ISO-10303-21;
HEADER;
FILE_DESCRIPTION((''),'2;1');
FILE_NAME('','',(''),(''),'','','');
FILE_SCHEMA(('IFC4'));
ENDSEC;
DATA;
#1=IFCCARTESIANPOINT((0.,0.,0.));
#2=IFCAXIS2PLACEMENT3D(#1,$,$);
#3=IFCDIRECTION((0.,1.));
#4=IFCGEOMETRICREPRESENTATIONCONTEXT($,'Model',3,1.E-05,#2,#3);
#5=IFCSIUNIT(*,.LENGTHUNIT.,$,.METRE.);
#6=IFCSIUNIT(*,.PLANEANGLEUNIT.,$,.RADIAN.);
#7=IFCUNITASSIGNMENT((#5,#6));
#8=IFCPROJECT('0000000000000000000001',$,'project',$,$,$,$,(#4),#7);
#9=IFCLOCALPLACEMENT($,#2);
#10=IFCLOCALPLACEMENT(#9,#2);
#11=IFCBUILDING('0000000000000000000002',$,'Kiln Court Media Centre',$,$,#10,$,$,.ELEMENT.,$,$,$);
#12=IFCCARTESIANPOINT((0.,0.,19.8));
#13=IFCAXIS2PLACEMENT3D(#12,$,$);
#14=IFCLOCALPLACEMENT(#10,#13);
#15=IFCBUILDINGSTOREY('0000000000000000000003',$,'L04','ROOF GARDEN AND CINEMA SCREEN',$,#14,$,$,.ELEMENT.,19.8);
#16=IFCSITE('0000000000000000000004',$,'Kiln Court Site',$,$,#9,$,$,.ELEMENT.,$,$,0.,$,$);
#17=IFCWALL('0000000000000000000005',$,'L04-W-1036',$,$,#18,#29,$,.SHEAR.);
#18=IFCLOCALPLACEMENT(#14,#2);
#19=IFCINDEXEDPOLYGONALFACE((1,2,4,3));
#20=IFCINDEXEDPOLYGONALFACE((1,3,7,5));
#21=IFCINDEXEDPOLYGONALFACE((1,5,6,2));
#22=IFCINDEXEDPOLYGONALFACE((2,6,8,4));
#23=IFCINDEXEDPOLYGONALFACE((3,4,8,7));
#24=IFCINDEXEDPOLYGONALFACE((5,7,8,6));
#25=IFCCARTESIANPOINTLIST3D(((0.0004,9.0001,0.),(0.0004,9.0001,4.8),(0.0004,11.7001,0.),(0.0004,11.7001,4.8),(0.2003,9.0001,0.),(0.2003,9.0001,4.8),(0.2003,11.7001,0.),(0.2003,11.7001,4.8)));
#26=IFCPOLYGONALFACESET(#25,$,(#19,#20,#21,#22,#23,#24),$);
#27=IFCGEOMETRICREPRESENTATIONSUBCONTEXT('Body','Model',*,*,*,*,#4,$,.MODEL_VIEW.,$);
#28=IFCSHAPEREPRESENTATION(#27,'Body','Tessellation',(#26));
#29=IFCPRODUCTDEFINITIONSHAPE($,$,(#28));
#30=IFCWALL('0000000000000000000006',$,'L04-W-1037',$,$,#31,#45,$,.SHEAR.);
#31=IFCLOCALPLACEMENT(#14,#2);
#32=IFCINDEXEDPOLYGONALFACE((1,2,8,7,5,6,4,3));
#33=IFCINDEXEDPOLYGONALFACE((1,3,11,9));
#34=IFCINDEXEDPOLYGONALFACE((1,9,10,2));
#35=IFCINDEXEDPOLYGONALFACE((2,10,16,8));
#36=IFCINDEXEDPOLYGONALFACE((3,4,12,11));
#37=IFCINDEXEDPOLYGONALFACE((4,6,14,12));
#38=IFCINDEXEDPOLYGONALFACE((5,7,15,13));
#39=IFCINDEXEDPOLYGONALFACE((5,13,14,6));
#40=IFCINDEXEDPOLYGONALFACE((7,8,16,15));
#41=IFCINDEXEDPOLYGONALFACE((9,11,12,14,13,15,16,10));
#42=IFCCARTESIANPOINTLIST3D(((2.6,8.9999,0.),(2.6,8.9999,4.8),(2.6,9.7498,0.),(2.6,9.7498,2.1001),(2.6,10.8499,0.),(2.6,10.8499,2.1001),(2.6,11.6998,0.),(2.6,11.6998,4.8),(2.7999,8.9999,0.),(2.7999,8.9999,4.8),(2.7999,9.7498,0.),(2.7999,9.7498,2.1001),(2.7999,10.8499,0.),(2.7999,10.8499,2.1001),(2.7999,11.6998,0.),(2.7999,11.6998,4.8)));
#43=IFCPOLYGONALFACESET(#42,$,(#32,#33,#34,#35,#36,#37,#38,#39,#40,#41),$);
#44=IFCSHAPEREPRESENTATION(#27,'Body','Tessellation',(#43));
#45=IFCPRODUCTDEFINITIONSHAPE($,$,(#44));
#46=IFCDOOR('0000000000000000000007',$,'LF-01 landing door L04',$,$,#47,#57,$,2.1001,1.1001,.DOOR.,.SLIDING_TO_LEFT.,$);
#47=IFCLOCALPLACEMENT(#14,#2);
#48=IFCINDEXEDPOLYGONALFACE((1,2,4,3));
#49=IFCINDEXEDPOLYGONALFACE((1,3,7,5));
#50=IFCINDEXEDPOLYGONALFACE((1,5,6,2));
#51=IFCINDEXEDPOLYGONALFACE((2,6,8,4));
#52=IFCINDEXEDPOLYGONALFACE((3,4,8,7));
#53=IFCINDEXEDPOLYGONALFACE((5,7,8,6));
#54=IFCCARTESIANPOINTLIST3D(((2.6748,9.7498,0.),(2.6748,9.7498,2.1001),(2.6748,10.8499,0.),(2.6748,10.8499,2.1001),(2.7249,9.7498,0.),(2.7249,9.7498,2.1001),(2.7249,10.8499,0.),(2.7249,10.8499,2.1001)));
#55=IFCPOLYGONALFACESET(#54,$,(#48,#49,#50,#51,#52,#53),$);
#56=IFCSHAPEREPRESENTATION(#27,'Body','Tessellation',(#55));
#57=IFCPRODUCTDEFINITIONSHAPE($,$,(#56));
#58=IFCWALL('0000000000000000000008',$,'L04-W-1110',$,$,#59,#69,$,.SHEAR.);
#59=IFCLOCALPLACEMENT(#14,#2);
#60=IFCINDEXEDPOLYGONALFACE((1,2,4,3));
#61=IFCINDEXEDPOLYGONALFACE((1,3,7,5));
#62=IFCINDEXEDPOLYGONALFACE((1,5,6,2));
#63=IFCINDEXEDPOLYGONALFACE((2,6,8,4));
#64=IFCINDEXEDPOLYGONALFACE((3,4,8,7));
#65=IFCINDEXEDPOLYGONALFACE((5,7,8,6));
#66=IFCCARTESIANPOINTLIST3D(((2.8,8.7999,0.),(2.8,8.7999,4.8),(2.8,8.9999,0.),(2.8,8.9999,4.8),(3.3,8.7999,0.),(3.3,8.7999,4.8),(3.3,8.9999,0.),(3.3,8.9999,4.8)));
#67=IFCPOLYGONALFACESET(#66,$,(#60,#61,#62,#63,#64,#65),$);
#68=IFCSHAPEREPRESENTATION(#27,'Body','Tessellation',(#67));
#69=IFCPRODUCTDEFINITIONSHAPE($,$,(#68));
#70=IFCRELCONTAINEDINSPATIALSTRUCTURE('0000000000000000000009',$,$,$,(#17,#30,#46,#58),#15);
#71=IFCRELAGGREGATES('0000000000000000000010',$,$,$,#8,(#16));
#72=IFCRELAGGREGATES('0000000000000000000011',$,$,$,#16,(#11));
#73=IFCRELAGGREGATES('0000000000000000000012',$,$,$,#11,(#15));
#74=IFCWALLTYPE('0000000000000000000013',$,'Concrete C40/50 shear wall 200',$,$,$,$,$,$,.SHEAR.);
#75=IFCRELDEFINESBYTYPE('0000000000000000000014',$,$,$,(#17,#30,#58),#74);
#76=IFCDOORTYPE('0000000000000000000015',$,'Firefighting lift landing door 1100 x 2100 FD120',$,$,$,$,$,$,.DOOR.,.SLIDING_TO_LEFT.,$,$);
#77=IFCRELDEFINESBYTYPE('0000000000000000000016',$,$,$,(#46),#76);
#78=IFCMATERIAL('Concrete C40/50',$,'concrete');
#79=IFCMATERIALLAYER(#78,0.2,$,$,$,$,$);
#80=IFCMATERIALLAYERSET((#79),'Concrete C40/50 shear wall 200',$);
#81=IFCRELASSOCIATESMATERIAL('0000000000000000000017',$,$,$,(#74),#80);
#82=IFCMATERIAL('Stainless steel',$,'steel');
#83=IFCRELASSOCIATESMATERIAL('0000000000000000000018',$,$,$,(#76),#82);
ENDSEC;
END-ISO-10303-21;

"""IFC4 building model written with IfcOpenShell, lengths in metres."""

from ifc_helpers import new_model, si_unit, direction, frame, frame_2d, origin, place, context, subcontext, project, spatial, rectangle, extrude, material, layer, layer_set, type_object, element, fill, save


model = new_model("IFC4")

# Units and contexts
model_context = context("Model", 3, precision=1e-05, world=origin(), true_north=direction((0.0, 1.0)))
body_context = subcontext(model_context, "Body", "Model", "MODEL_VIEW")
ifc_project = project(units=[si_unit("LENGTHUNIT", "METRE"), si_unit("PLANEANGLEUNIT", "RADIAN")], contexts=[model_context])

# Site, building, storey
site_placement = place(None, origin())
site = spatial("IfcSite", under=ifc_project, at=site_placement, Name="Kiln Court Site", CompositionType="ELEMENT", RefElevation=0.0)
building_placement = place(site_placement, origin())
building = spatial("IfcBuilding", under=site, at=building_placement, Name="Kiln Court Media Centre", CompositionType="ELEMENT")
storey_placement = place(building_placement, frame((0.0, 0.0, 19.8)))
storey = spatial("IfcBuildingStorey", under=building, at=storey_placement, Name="L04", Description="ROOF GARDEN AND CINEMA SCREEN", CompositionType="ELEMENT", Elevation=19.8)

# Shared definitions
ifc_material_1 = material(Name="Concrete C40/50", Category="concrete")
ifc_layer_1 = layer(ifc_material_1, 0.2)
ifc_layer_set_1 = layer_set([ifc_layer_1], Name="Concrete C40/50 shear wall 200")
wall_type_1 = type_object("IfcWallType", Name="Concrete C40/50 shear wall 200", PredefinedType="SHEAR", material=ifc_layer_set_1)

# Wall
wall_1_placement = place(storey_placement, frame((0.1003, 9.0, 0.0), z_axis=(0.0, 0.0, 1.0), x_axis=(0.0, 1.0, 0.0)))
element("IfcWall", 1, at=wall_1_placement, inside=storey, type_object=wall_type_1, Name="L04-W-1036", PredefinedType="SHEAR", context=body_context, shape_type="SweptSolid", body=[
    extrude(rectangle(XDim=2.7, YDim=0.2, at=frame_2d((1.3501, 0.0))), origin(), (0.0, 0.0, 1.0), 4.8),
])

# Wall, opening, door
wall_2_placement = place(storey_placement, frame((2.7, 11.7, 0.0), z_axis=(0.0, 0.0, 1.0), x_axis=(0.0, -1.0, 0.0)))
wall_2 = element("IfcWall", 2, at=wall_2_placement, inside=storey, type_object=wall_type_1, Name="L04-W-1037", PredefinedType="SHEAR", context=body_context, shape_type="SweptSolid", body=[
    extrude(rectangle(XDim=2.7, YDim=0.2, at=frame_2d((1.3501, 0.0))), origin(), (0.0, 0.0, 1.0), 4.8),
])
opening_1_placement = place(wall_2_placement, frame((0.8501, 0.0, 0.0)))
opening_1 = element("IfcOpeningElement", 3, at=opening_1_placement, cuts=wall_2, PredefinedType="OPENING", context=body_context, shape_type="SweptSolid", body=[
    extrude(rectangle(XDim=1.1001, YDim=2.1001, at=frame_2d((0.55, 1.05))), frame((0.0, 0.1099, 0.0), z_axis=(0.0, -1.0, 0.0), x_axis=(1.0, 0.0, 0.0)), (0.0, 0.0, 1.0), 0.22),
])
ifc_material_2 = material(Name="Stainless steel", Category="steel")
door_type_1 = type_object("IfcDoorType", Name="Firefighting lift landing door 1100 x 2100 FD120", OperationType="SLIDING_TO_LEFT", PredefinedType="DOOR", material=ifc_material_2)
door_1_placement = place(opening_1_placement, origin())
door_1 = element("IfcDoor", 4, at=door_1_placement, inside=storey, type_object=door_type_1, Name="LF-01 landing door L04", OperationType="SLIDING_TO_LEFT", OverallHeight=2.1001, OverallWidth=1.1001, PredefinedType="DOOR", context=body_context, shape_type="SweptSolid", body=[
    extrude(rectangle(XDim=1.1001, YDim=2.1001, at=frame_2d((0.55, 1.05))), frame((0.0, 0.0249, 0.0), z_axis=(0.0, -1.0, 0.0), x_axis=(1.0, 0.0, 0.0)), (0.0, 0.0, 1.0), 0.05),
])
fill(opening_1, door_1)

# Wall
wall_3_placement = place(storey_placement, frame((3.3, 8.8999, 0.0), z_axis=(0.0, 0.0, 1.0), x_axis=(-1.0, 0.0, 0.0)))
element("IfcWall", 5, at=wall_3_placement, inside=storey, type_object=wall_type_1, Name="L04-W-1110", PredefinedType="SHEAR", context=body_context, shape_type="SweptSolid", body=[
    extrude(rectangle(XDim=0.5, YDim=0.2, at=frame_2d((0.25, 0.0))), origin(), (0.0, 0.0, 1.0), 4.8),
])

save(model, "model.ifc")
